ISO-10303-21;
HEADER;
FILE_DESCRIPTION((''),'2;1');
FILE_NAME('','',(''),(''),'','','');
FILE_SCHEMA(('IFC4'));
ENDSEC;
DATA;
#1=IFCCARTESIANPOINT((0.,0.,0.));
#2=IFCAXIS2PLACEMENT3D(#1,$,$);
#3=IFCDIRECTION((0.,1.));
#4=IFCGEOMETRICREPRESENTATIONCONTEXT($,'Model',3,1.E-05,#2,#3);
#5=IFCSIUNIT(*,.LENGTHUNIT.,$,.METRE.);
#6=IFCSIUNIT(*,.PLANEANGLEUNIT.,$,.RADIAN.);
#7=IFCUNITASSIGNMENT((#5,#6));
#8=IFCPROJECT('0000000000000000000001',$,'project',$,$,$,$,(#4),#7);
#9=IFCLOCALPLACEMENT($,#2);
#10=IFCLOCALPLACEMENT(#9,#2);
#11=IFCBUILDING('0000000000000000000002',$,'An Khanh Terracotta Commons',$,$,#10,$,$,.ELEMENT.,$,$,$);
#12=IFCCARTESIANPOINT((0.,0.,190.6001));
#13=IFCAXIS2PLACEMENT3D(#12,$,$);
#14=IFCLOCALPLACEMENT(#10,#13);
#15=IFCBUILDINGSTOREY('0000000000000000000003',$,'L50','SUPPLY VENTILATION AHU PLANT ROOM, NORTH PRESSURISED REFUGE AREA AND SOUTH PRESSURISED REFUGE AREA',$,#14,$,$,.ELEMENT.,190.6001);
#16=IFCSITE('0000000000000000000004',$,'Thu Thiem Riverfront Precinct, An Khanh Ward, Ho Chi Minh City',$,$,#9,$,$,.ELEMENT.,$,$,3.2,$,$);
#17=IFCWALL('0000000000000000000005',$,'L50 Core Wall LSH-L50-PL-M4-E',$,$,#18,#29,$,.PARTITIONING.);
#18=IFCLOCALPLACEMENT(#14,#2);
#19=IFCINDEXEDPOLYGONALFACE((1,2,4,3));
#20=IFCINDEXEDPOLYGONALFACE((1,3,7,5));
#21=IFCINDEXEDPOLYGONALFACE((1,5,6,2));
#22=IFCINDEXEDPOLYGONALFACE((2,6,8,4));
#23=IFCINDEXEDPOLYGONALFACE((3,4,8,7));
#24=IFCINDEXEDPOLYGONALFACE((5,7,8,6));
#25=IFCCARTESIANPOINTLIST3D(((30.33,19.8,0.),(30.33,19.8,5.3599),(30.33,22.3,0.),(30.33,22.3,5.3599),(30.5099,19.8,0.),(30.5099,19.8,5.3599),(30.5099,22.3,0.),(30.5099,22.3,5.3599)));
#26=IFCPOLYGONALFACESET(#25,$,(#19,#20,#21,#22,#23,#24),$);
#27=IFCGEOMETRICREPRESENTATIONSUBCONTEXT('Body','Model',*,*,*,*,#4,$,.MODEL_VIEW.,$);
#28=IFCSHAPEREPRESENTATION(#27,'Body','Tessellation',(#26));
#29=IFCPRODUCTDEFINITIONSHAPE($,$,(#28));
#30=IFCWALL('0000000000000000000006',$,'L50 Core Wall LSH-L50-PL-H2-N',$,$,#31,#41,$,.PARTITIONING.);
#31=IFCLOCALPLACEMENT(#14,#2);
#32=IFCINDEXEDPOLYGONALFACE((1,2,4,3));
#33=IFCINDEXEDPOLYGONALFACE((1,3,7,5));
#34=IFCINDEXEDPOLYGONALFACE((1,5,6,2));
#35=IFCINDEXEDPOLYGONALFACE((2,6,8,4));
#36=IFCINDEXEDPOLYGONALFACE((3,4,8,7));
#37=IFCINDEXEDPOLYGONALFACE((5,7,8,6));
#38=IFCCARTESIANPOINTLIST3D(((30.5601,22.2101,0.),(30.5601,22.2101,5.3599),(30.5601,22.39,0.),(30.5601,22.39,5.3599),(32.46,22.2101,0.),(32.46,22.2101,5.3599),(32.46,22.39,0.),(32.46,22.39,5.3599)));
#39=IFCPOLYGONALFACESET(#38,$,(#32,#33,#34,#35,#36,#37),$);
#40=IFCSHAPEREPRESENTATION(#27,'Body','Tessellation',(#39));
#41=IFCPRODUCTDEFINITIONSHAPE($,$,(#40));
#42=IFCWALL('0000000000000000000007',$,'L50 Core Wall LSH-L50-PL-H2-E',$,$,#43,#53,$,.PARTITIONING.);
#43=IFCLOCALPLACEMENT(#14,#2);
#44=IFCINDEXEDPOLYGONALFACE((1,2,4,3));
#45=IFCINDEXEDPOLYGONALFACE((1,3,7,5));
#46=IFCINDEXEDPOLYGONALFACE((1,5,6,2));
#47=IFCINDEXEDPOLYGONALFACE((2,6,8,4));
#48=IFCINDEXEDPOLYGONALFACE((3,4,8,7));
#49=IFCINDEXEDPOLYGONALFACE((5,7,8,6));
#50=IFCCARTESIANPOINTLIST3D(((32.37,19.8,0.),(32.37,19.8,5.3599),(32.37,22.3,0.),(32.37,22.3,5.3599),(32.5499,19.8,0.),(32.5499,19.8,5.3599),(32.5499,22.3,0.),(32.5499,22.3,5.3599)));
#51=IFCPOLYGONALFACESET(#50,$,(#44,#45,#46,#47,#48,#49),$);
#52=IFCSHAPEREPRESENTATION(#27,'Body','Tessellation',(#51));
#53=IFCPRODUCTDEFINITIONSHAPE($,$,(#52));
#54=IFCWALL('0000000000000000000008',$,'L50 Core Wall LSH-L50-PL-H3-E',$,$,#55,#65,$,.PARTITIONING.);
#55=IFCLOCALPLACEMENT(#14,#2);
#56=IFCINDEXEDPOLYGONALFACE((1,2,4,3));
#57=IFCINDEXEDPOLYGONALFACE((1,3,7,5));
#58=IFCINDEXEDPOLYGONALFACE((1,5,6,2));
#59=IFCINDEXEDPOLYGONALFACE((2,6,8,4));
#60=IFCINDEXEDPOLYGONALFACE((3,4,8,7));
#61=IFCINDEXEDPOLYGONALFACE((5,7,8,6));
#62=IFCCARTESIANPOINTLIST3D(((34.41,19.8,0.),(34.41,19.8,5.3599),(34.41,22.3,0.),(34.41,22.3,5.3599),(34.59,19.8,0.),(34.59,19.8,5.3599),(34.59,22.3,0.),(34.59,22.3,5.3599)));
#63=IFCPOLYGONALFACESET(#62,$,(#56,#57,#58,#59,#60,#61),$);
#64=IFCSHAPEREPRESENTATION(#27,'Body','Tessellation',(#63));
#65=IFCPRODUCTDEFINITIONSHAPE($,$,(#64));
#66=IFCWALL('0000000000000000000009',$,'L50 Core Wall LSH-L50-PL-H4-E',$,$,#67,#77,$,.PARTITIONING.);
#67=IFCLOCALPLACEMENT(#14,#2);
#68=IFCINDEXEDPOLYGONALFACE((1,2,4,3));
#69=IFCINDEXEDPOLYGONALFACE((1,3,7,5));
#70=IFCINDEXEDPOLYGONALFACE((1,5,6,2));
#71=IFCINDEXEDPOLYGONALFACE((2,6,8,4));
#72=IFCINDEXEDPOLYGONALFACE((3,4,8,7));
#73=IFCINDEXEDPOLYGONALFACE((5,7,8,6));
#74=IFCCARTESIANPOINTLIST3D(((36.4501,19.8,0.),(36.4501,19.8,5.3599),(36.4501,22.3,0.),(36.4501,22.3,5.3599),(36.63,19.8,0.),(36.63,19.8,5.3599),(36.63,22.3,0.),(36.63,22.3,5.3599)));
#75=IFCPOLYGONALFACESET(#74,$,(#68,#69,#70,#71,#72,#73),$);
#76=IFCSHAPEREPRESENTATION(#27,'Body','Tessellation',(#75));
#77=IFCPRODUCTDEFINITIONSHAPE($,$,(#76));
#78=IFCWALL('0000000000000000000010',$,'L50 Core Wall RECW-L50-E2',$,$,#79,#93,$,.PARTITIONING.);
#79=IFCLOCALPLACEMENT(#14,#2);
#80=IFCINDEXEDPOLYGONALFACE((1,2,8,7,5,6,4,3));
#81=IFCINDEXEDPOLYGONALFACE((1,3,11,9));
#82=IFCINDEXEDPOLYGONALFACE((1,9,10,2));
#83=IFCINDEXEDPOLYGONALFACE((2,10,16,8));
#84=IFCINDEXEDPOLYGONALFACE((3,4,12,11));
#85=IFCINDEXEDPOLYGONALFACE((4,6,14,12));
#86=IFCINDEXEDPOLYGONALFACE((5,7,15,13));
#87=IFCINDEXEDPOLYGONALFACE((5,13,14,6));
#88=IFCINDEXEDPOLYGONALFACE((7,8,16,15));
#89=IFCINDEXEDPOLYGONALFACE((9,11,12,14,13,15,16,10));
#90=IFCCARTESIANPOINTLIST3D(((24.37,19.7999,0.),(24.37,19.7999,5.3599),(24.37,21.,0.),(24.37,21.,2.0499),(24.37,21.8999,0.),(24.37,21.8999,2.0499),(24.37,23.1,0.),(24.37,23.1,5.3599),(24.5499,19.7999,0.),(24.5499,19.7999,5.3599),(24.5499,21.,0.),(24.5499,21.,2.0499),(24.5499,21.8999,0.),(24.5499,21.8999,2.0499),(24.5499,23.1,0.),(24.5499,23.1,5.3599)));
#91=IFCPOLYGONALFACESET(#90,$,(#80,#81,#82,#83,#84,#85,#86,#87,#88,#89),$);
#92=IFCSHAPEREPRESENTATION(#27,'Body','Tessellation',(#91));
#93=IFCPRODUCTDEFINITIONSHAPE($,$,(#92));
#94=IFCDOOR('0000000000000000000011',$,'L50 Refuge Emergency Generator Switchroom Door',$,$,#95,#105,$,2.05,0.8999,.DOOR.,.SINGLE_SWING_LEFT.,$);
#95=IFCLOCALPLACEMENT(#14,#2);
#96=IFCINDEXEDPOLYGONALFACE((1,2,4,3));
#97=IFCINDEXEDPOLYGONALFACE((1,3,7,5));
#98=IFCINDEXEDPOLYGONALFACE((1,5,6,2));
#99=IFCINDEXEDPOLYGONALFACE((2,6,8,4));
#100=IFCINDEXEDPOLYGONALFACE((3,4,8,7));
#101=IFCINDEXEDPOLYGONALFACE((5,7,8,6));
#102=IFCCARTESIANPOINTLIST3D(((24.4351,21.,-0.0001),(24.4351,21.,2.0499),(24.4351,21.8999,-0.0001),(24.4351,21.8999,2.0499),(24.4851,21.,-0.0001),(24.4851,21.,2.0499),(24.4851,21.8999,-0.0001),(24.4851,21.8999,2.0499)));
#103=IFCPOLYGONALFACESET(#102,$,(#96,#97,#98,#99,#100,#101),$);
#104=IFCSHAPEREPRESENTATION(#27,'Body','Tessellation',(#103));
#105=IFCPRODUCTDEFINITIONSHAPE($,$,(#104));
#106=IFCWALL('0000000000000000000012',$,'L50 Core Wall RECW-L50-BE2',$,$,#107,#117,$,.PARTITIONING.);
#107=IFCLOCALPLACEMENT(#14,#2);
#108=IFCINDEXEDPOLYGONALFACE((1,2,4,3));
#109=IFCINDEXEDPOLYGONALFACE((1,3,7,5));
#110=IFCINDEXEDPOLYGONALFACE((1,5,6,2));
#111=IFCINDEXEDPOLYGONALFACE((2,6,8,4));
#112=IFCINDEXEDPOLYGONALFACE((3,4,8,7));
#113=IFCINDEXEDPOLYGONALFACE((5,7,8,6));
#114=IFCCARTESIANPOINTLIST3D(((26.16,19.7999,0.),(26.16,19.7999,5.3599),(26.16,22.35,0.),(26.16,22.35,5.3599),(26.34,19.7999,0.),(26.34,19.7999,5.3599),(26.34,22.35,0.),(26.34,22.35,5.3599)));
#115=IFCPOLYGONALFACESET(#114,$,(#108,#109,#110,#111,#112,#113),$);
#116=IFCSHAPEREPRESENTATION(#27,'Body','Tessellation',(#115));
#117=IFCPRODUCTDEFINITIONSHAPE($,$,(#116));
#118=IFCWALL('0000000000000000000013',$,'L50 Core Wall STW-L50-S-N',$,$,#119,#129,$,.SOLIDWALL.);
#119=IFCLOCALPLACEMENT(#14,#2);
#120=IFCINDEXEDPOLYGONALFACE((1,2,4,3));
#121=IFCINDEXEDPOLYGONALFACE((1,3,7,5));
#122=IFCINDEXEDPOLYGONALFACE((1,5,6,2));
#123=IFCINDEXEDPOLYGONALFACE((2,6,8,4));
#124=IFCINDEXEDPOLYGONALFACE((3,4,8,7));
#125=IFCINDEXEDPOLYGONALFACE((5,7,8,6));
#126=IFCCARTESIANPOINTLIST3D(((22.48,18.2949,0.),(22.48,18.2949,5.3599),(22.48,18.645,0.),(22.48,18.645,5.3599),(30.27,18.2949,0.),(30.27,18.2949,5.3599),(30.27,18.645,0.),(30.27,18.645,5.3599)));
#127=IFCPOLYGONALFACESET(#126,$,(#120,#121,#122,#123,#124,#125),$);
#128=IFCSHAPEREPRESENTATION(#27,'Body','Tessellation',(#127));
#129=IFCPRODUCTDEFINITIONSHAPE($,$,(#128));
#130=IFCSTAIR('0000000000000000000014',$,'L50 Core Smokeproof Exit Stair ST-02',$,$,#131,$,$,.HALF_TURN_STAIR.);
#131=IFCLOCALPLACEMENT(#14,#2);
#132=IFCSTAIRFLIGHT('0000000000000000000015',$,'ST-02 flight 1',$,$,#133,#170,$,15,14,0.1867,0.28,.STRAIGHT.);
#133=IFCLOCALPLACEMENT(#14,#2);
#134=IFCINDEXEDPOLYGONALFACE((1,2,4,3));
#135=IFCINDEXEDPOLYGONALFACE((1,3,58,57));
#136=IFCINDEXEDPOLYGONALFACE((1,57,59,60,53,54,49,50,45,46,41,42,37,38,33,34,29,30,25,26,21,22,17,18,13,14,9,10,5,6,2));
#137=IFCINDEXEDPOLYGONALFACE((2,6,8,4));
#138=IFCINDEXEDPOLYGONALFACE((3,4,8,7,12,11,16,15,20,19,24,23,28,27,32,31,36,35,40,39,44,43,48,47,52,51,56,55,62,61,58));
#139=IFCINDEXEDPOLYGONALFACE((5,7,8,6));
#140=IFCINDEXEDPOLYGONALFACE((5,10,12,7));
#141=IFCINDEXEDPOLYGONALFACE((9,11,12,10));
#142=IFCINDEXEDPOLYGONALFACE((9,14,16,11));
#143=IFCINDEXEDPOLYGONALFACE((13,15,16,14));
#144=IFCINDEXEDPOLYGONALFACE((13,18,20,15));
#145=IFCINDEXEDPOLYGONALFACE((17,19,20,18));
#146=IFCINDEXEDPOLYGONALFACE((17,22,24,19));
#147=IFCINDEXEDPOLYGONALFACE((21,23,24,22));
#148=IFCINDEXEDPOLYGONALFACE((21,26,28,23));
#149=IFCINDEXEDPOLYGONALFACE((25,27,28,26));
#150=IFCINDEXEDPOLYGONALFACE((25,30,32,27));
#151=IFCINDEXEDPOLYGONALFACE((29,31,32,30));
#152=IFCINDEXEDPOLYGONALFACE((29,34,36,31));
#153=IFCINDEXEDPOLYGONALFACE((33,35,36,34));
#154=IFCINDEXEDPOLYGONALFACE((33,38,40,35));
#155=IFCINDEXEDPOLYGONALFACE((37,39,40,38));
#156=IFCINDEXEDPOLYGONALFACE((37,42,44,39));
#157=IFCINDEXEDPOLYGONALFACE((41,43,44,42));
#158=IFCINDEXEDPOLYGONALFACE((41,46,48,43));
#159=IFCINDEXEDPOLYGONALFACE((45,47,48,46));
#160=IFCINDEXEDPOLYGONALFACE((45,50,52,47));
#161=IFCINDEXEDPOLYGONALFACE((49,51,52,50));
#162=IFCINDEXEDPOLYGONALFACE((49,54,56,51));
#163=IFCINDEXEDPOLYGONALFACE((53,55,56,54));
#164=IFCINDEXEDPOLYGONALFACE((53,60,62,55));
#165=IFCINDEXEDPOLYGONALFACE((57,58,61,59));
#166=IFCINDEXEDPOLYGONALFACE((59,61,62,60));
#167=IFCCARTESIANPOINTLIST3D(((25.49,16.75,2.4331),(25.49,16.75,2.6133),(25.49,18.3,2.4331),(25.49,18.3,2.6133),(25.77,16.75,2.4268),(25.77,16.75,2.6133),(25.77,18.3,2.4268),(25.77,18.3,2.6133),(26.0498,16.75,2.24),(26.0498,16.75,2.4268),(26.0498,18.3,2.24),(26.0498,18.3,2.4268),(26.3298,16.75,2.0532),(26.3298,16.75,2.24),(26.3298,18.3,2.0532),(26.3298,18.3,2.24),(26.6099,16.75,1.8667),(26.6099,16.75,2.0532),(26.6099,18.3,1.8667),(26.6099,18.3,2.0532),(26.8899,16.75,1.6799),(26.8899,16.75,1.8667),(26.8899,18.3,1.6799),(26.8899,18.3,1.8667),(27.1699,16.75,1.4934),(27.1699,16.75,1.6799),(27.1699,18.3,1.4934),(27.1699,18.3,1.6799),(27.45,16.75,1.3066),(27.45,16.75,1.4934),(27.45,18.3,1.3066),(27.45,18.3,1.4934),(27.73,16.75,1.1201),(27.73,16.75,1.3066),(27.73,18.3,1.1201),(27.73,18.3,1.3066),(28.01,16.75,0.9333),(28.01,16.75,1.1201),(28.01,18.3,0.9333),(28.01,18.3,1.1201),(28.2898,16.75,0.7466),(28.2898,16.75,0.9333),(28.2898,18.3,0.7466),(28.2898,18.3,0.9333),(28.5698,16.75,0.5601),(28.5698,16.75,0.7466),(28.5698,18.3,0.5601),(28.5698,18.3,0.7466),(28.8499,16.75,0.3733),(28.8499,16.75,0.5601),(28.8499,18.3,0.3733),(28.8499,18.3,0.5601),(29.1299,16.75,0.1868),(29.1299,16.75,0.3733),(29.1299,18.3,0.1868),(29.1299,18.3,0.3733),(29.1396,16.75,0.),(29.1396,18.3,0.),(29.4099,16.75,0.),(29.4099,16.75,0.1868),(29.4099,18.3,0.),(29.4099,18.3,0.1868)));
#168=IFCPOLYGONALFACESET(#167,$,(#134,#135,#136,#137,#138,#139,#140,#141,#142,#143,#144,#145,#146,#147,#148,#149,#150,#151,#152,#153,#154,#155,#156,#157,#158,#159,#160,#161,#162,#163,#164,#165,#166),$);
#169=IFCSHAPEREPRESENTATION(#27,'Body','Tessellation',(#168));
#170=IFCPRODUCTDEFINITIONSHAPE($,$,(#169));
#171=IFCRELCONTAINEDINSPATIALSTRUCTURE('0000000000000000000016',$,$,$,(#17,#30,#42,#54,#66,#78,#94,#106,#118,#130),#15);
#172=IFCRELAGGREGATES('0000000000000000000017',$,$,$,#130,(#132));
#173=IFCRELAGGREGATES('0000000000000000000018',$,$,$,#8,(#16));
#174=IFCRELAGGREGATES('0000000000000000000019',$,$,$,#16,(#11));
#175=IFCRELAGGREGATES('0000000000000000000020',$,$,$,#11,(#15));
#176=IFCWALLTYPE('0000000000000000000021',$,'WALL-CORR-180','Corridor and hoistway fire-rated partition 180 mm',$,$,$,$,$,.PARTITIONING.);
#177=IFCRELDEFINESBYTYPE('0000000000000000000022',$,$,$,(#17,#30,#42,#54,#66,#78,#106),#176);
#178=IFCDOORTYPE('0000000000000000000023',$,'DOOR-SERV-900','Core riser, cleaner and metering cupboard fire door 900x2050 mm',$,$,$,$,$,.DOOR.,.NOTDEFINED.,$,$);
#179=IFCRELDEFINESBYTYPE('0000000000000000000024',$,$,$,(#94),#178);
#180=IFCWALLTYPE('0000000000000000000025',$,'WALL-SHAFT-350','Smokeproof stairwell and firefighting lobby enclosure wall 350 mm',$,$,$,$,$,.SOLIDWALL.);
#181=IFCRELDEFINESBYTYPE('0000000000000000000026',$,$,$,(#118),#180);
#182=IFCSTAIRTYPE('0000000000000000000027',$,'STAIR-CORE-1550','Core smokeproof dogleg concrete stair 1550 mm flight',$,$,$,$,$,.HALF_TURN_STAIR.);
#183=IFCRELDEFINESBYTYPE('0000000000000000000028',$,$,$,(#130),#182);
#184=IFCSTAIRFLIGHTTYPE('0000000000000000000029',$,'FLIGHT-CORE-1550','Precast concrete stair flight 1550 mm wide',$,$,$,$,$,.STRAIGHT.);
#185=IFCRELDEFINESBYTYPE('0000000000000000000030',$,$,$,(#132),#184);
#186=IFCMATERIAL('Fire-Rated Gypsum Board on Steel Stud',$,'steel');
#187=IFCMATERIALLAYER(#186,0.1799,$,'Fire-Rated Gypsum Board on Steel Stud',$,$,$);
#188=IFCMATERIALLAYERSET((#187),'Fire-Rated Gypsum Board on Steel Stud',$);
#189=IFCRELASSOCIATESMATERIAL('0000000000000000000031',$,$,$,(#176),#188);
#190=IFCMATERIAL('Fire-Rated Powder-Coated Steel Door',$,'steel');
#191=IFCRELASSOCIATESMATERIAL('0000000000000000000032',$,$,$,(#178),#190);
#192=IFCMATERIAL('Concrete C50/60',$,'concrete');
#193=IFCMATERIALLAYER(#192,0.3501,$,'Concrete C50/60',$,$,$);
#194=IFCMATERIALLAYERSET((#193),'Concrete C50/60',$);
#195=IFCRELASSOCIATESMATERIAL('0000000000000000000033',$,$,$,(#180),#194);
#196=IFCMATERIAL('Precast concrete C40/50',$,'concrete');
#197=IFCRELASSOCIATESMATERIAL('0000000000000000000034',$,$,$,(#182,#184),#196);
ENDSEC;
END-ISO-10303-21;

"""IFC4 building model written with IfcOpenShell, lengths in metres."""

from ifc_helpers import new_model, si_unit, direction, frame, frame_2d, origin, place, context, subcontext, project, spatial, polyline, rectangle, outline, extrude, material, layer, layer_set, type_object, element, fill, aggregate, save


model = new_model("IFC4")

# Units and contexts
model_context = context("Model", 3, precision=1e-05, world=origin(), true_north=direction((0.0, 1.0)))
body_context = subcontext(model_context, "Body", "Model", "MODEL_VIEW")
ifc_project = project(units=[si_unit("LENGTHUNIT", "METRE"), si_unit("PLANEANGLEUNIT", "RADIAN")], contexts=[model_context])

# Site, building, storey
site_placement = place(None, origin())
site = spatial("IfcSite", under=ifc_project, at=site_placement, Name="Thu Thiem Riverfront Precinct, An Khanh Ward, Ho Chi Minh City", CompositionType="ELEMENT", RefElevation=3.2)
building_placement = place(site_placement, origin())
building = spatial("IfcBuilding", under=site, at=building_placement, Name="An Khanh Terracotta Commons", CompositionType="ELEMENT")
storey_placement = place(building_placement, frame((0.0, 0.0, 190.6001)))
storey = spatial("IfcBuildingStorey", under=building, at=storey_placement, Name="L50", Description="SUPPLY VENTILATION AHU PLANT ROOM, NORTH PRESSURISED REFUGE AREA AND SOUTH PRESSURISED REFUGE AREA", CompositionType="ELEMENT", Elevation=190.6001)

# Shared definitions
ifc_material_1 = material(Name="Fire-Rated Gypsum Board on Steel Stud", Category="steel")
ifc_layer_1 = layer(ifc_material_1, 0.1799, Name="Fire-Rated Gypsum Board on Steel Stud")
ifc_layer_set_1 = layer_set([ifc_layer_1], Name="Fire-Rated Gypsum Board on Steel Stud")
wall_type_1 = type_object("IfcWallType", Name="WALL-CORR-180", Description="Corridor and hoistway fire-rated partition 180 mm", PredefinedType="PARTITIONING", material=ifc_layer_set_1)
ifc_material_2 = material(Name="Fire-Rated Powder-Coated Steel Door", Category="steel")
door_type_1 = type_object("IfcDoorType", Name="DOOR-SERV-900", Description="Core riser, cleaner and metering cupboard fire door 900x2050 mm", OperationType="NOTDEFINED", PredefinedType="DOOR", material=ifc_material_2)

# Walls
wall_1_placement = place(storey_placement, frame((30.4199, 19.8, 0.0), z_axis=(0.0, 0.0, 1.0), x_axis=(0.0, 1.0, 0.0)))
element("IfcWall", 1, at=wall_1_placement, inside=storey, type_object=wall_type_1, Name="L50 Core Wall LSH-L50-PL-M4-E", PredefinedType="PARTITIONING", context=body_context, shape_type="SweptSolid", body=[
    extrude(rectangle(XDim=2.5, YDim=0.1799, at=frame_2d((1.25, 0.0))), origin(), (0.0, 0.0, 1.0), 5.3599),
])
wall_2_placement = place(storey_placement, frame((30.5601, 22.3, 0.0), z_axis=(0.0, 0.0, 1.0), x_axis=(1.0, 0.0, 0.0)))
element("IfcWall", 2, at=wall_2_placement, inside=storey, type_object=wall_type_1, Name="L50 Core Wall LSH-L50-PL-H2-N", PredefinedType="PARTITIONING", context=body_context, shape_type="SweptSolid", body=[
    extrude(rectangle(XDim=1.8999, YDim=0.1799, at=frame_2d((0.95, 0.0))), origin(), (0.0, 0.0, 1.0), 5.3599),
])
for number, where, z_axis, x_axis, name in (
    (3, (32.46, 19.8, 0.0), (0.0, 0.0, 1.0), (0.0, 1.0, 0.0), "L50 Core Wall LSH-L50-PL-H2-E"),
    (4, (34.5, 19.8, 0.0), (0.0, 0.0, 1.0), (0.0, 1.0, 0.0), "L50 Core Wall LSH-L50-PL-H3-E"),
    (5, (36.54, 19.8, 0.0), (0.0, 0.0, 1.0), (0.0, 1.0, 0.0), "L50 Core Wall LSH-L50-PL-H4-E"),
):
    element("IfcWall", number, at=place(storey_placement, frame(where, z_axis=z_axis, x_axis=x_axis)), inside=storey, type_object=wall_type_1, Name=name, PredefinedType="PARTITIONING", context=body_context, shape_type="SweptSolid", body=[
        extrude(rectangle(XDim=2.5, YDim=0.1799, at=frame_2d((1.25, 0.0))), origin(), (0.0, 0.0, 1.0), 5.3599),
    ])

# Wall, opening, door
wall_3_placement = place(storey_placement, frame((24.46, 19.8, 0.0), z_axis=(0.0, 0.0, 1.0), x_axis=(0.0, 1.0, 0.0)))
wall_3 = element("IfcWall", 6, at=wall_3_placement, inside=storey, type_object=wall_type_1, Name="L50 Core Wall RECW-L50-E2", PredefinedType="PARTITIONING", context=body_context, shape_type="SweptSolid", body=[
    extrude(rectangle(XDim=3.3, YDim=0.1799, at=frame_2d((1.6499, 0.0))), origin(), (0.0, 0.0, 1.0), 5.3599),
])
opening_1_placement = place(wall_3_placement, frame((1.2, 0.0, 0.0)))
opening_1 = element("IfcOpeningElement", 7, at=opening_1_placement, cuts=wall_3, PredefinedType="OPENING", context=body_context, shape_type="SweptSolid", body=[
    extrude(rectangle(XDim=0.8999, YDim=2.05, at=frame_2d((0.45, 1.0249))), frame((0.0, 0.0999, 0.0), z_axis=(0.0, -1.0, 0.0), x_axis=(1.0, 0.0, 0.0)), (0.0, 0.0, 1.0), 0.2),
])
door_1_placement = place(opening_1_placement, origin())
door_1 = element("IfcDoor", 8, at=door_1_placement, inside=storey, type_object=door_type_1, Name="L50 Refuge Emergency Generator Switchroom Door", OperationType="SINGLE_SWING_LEFT", OverallHeight=2.05, OverallWidth=0.8999, PredefinedType="DOOR", context=body_context, shape_type="SweptSolid", body=[
    extrude(rectangle(XDim=0.8999, YDim=2.05, at=frame_2d((0.45, 1.0249))), frame((0.0, 0.0249, 0.0), z_axis=(0.0, -1.0, 0.0), x_axis=(1.0, 0.0, 0.0)), (0.0, 0.0, 1.0), 0.05),
])
fill(opening_1, door_1)

# Walls
wall_4_placement = place(storey_placement, frame((26.25, 19.8, 0.0), z_axis=(0.0, 0.0, 1.0), x_axis=(0.0, 1.0, 0.0)))
element("IfcWall", 9, at=wall_4_placement, inside=storey, type_object=wall_type_1, Name="L50 Core Wall RECW-L50-BE2", PredefinedType="PARTITIONING", context=body_context, shape_type="SweptSolid", body=[
    extrude(rectangle(XDim=2.55, YDim=0.1799, at=frame_2d((1.2749, 0.0))), origin(), (0.0, 0.0, 1.0), 5.3599),
])
ifc_material_3 = material(Name="Concrete C50/60", Category="concrete")
ifc_layer_2 = layer(ifc_material_3, 0.3501, Name="Concrete C50/60")
ifc_layer_set_2 = layer_set([ifc_layer_2], Name="Concrete C50/60")
wall_type_2 = type_object("IfcWallType", Name="WALL-SHAFT-350", Description="Smokeproof stairwell and firefighting lobby enclosure wall 350 mm", PredefinedType="SOLIDWALL", material=ifc_layer_set_2)
wall_5_placement = place(storey_placement, frame((22.48, 18.47, 0.0), z_axis=(0.0, 0.0, 1.0), x_axis=(1.0, 0.0, 0.0)))
element("IfcWall", 10, at=wall_5_placement, inside=storey, type_object=wall_type_2, Name="L50 Core Wall STW-L50-S-N", PredefinedType="SOLIDWALL", context=body_context, shape_type="SweptSolid", body=[
    extrude(rectangle(XDim=7.79, YDim=0.3501, at=frame_2d((3.895, 0.0))), origin(), (0.0, 0.0, 1.0), 5.3599),
])

# Stair, stair flight
ifc_material_4 = material(Name="Precast concrete C40/50", Category="concrete")
stair_type = type_object("IfcStairType", Name="STAIR-CORE-1550", Description="Core smokeproof dogleg concrete stair 1550 mm flight", PredefinedType="HALF_TURN_STAIR", material=ifc_material_4)
stair_placement = place(storey_placement, origin())
stair = element("IfcStair", 11, at=stair_placement, inside=storey, type_object=stair_type, Name="L50 Core Smokeproof Exit Stair ST-02", PredefinedType="HALF_TURN_STAIR")
stair_flight_type = type_object("IfcStairFlightType", Name="FLIGHT-CORE-1550", Description="Precast concrete stair flight 1550 mm wide", PredefinedType="STRAIGHT", material=ifc_material_4)
stair_flight_placement = place(storey_placement, frame((29.4099, 17.5249, 0.0), z_axis=(0.0, 0.0, 1.0), x_axis=(-1.0, 0.0, 0.0)))
stair_flight = element("IfcStairFlight", 12, at=stair_flight_placement, type_object=stair_flight_type, Name="ST-02 flight 1", NumberOfRisers=15, NumberOfTreads=14, PredefinedType="STRAIGHT", RiserHeight=0.1867, TreadLength=0.28, context=body_context, shape_type="SweptSolid", body=[
    extrude(outline(polyline([(0.0, 0.0), (0.0, 0.1868), (0.28, 0.1868), (0.28, 0.3733), (0.5601, 0.3733), (0.5601, 0.5601), (0.8401, 0.5601), (0.8401, 0.7466), (1.1201, 0.7466), (1.1201, 0.9333), (1.3999, 0.9333), (1.3999, 1.1201), (1.6799, 1.1201), (1.6799, 1.3066), (1.96, 1.3066), (1.96, 1.4934), (2.24, 1.4934), (2.24, 1.6799), (2.52, 1.6799), (2.52, 1.8667), (2.8, 1.8667), (2.8, 2.0532), (3.0801, 2.0532), (3.0801, 2.24), (3.3601, 2.24), (3.3601, 2.4268), (3.6399, 2.4268), (3.6399, 2.6133), (3.9199, 2.6133), (3.9199, 2.8), (3.9199, 2.4331), (0.2703, 0.0), (0.0, 0.0)])), frame((0.0, 0.7749, 0.0), z_axis=(0.0, -1.0, 0.0), x_axis=(1.0, 0.0, 0.0)), (0.0, 0.0, 1.0), 1.55),
])
aggregate(stair, [stair_flight])

save(model, "model.ifc")
